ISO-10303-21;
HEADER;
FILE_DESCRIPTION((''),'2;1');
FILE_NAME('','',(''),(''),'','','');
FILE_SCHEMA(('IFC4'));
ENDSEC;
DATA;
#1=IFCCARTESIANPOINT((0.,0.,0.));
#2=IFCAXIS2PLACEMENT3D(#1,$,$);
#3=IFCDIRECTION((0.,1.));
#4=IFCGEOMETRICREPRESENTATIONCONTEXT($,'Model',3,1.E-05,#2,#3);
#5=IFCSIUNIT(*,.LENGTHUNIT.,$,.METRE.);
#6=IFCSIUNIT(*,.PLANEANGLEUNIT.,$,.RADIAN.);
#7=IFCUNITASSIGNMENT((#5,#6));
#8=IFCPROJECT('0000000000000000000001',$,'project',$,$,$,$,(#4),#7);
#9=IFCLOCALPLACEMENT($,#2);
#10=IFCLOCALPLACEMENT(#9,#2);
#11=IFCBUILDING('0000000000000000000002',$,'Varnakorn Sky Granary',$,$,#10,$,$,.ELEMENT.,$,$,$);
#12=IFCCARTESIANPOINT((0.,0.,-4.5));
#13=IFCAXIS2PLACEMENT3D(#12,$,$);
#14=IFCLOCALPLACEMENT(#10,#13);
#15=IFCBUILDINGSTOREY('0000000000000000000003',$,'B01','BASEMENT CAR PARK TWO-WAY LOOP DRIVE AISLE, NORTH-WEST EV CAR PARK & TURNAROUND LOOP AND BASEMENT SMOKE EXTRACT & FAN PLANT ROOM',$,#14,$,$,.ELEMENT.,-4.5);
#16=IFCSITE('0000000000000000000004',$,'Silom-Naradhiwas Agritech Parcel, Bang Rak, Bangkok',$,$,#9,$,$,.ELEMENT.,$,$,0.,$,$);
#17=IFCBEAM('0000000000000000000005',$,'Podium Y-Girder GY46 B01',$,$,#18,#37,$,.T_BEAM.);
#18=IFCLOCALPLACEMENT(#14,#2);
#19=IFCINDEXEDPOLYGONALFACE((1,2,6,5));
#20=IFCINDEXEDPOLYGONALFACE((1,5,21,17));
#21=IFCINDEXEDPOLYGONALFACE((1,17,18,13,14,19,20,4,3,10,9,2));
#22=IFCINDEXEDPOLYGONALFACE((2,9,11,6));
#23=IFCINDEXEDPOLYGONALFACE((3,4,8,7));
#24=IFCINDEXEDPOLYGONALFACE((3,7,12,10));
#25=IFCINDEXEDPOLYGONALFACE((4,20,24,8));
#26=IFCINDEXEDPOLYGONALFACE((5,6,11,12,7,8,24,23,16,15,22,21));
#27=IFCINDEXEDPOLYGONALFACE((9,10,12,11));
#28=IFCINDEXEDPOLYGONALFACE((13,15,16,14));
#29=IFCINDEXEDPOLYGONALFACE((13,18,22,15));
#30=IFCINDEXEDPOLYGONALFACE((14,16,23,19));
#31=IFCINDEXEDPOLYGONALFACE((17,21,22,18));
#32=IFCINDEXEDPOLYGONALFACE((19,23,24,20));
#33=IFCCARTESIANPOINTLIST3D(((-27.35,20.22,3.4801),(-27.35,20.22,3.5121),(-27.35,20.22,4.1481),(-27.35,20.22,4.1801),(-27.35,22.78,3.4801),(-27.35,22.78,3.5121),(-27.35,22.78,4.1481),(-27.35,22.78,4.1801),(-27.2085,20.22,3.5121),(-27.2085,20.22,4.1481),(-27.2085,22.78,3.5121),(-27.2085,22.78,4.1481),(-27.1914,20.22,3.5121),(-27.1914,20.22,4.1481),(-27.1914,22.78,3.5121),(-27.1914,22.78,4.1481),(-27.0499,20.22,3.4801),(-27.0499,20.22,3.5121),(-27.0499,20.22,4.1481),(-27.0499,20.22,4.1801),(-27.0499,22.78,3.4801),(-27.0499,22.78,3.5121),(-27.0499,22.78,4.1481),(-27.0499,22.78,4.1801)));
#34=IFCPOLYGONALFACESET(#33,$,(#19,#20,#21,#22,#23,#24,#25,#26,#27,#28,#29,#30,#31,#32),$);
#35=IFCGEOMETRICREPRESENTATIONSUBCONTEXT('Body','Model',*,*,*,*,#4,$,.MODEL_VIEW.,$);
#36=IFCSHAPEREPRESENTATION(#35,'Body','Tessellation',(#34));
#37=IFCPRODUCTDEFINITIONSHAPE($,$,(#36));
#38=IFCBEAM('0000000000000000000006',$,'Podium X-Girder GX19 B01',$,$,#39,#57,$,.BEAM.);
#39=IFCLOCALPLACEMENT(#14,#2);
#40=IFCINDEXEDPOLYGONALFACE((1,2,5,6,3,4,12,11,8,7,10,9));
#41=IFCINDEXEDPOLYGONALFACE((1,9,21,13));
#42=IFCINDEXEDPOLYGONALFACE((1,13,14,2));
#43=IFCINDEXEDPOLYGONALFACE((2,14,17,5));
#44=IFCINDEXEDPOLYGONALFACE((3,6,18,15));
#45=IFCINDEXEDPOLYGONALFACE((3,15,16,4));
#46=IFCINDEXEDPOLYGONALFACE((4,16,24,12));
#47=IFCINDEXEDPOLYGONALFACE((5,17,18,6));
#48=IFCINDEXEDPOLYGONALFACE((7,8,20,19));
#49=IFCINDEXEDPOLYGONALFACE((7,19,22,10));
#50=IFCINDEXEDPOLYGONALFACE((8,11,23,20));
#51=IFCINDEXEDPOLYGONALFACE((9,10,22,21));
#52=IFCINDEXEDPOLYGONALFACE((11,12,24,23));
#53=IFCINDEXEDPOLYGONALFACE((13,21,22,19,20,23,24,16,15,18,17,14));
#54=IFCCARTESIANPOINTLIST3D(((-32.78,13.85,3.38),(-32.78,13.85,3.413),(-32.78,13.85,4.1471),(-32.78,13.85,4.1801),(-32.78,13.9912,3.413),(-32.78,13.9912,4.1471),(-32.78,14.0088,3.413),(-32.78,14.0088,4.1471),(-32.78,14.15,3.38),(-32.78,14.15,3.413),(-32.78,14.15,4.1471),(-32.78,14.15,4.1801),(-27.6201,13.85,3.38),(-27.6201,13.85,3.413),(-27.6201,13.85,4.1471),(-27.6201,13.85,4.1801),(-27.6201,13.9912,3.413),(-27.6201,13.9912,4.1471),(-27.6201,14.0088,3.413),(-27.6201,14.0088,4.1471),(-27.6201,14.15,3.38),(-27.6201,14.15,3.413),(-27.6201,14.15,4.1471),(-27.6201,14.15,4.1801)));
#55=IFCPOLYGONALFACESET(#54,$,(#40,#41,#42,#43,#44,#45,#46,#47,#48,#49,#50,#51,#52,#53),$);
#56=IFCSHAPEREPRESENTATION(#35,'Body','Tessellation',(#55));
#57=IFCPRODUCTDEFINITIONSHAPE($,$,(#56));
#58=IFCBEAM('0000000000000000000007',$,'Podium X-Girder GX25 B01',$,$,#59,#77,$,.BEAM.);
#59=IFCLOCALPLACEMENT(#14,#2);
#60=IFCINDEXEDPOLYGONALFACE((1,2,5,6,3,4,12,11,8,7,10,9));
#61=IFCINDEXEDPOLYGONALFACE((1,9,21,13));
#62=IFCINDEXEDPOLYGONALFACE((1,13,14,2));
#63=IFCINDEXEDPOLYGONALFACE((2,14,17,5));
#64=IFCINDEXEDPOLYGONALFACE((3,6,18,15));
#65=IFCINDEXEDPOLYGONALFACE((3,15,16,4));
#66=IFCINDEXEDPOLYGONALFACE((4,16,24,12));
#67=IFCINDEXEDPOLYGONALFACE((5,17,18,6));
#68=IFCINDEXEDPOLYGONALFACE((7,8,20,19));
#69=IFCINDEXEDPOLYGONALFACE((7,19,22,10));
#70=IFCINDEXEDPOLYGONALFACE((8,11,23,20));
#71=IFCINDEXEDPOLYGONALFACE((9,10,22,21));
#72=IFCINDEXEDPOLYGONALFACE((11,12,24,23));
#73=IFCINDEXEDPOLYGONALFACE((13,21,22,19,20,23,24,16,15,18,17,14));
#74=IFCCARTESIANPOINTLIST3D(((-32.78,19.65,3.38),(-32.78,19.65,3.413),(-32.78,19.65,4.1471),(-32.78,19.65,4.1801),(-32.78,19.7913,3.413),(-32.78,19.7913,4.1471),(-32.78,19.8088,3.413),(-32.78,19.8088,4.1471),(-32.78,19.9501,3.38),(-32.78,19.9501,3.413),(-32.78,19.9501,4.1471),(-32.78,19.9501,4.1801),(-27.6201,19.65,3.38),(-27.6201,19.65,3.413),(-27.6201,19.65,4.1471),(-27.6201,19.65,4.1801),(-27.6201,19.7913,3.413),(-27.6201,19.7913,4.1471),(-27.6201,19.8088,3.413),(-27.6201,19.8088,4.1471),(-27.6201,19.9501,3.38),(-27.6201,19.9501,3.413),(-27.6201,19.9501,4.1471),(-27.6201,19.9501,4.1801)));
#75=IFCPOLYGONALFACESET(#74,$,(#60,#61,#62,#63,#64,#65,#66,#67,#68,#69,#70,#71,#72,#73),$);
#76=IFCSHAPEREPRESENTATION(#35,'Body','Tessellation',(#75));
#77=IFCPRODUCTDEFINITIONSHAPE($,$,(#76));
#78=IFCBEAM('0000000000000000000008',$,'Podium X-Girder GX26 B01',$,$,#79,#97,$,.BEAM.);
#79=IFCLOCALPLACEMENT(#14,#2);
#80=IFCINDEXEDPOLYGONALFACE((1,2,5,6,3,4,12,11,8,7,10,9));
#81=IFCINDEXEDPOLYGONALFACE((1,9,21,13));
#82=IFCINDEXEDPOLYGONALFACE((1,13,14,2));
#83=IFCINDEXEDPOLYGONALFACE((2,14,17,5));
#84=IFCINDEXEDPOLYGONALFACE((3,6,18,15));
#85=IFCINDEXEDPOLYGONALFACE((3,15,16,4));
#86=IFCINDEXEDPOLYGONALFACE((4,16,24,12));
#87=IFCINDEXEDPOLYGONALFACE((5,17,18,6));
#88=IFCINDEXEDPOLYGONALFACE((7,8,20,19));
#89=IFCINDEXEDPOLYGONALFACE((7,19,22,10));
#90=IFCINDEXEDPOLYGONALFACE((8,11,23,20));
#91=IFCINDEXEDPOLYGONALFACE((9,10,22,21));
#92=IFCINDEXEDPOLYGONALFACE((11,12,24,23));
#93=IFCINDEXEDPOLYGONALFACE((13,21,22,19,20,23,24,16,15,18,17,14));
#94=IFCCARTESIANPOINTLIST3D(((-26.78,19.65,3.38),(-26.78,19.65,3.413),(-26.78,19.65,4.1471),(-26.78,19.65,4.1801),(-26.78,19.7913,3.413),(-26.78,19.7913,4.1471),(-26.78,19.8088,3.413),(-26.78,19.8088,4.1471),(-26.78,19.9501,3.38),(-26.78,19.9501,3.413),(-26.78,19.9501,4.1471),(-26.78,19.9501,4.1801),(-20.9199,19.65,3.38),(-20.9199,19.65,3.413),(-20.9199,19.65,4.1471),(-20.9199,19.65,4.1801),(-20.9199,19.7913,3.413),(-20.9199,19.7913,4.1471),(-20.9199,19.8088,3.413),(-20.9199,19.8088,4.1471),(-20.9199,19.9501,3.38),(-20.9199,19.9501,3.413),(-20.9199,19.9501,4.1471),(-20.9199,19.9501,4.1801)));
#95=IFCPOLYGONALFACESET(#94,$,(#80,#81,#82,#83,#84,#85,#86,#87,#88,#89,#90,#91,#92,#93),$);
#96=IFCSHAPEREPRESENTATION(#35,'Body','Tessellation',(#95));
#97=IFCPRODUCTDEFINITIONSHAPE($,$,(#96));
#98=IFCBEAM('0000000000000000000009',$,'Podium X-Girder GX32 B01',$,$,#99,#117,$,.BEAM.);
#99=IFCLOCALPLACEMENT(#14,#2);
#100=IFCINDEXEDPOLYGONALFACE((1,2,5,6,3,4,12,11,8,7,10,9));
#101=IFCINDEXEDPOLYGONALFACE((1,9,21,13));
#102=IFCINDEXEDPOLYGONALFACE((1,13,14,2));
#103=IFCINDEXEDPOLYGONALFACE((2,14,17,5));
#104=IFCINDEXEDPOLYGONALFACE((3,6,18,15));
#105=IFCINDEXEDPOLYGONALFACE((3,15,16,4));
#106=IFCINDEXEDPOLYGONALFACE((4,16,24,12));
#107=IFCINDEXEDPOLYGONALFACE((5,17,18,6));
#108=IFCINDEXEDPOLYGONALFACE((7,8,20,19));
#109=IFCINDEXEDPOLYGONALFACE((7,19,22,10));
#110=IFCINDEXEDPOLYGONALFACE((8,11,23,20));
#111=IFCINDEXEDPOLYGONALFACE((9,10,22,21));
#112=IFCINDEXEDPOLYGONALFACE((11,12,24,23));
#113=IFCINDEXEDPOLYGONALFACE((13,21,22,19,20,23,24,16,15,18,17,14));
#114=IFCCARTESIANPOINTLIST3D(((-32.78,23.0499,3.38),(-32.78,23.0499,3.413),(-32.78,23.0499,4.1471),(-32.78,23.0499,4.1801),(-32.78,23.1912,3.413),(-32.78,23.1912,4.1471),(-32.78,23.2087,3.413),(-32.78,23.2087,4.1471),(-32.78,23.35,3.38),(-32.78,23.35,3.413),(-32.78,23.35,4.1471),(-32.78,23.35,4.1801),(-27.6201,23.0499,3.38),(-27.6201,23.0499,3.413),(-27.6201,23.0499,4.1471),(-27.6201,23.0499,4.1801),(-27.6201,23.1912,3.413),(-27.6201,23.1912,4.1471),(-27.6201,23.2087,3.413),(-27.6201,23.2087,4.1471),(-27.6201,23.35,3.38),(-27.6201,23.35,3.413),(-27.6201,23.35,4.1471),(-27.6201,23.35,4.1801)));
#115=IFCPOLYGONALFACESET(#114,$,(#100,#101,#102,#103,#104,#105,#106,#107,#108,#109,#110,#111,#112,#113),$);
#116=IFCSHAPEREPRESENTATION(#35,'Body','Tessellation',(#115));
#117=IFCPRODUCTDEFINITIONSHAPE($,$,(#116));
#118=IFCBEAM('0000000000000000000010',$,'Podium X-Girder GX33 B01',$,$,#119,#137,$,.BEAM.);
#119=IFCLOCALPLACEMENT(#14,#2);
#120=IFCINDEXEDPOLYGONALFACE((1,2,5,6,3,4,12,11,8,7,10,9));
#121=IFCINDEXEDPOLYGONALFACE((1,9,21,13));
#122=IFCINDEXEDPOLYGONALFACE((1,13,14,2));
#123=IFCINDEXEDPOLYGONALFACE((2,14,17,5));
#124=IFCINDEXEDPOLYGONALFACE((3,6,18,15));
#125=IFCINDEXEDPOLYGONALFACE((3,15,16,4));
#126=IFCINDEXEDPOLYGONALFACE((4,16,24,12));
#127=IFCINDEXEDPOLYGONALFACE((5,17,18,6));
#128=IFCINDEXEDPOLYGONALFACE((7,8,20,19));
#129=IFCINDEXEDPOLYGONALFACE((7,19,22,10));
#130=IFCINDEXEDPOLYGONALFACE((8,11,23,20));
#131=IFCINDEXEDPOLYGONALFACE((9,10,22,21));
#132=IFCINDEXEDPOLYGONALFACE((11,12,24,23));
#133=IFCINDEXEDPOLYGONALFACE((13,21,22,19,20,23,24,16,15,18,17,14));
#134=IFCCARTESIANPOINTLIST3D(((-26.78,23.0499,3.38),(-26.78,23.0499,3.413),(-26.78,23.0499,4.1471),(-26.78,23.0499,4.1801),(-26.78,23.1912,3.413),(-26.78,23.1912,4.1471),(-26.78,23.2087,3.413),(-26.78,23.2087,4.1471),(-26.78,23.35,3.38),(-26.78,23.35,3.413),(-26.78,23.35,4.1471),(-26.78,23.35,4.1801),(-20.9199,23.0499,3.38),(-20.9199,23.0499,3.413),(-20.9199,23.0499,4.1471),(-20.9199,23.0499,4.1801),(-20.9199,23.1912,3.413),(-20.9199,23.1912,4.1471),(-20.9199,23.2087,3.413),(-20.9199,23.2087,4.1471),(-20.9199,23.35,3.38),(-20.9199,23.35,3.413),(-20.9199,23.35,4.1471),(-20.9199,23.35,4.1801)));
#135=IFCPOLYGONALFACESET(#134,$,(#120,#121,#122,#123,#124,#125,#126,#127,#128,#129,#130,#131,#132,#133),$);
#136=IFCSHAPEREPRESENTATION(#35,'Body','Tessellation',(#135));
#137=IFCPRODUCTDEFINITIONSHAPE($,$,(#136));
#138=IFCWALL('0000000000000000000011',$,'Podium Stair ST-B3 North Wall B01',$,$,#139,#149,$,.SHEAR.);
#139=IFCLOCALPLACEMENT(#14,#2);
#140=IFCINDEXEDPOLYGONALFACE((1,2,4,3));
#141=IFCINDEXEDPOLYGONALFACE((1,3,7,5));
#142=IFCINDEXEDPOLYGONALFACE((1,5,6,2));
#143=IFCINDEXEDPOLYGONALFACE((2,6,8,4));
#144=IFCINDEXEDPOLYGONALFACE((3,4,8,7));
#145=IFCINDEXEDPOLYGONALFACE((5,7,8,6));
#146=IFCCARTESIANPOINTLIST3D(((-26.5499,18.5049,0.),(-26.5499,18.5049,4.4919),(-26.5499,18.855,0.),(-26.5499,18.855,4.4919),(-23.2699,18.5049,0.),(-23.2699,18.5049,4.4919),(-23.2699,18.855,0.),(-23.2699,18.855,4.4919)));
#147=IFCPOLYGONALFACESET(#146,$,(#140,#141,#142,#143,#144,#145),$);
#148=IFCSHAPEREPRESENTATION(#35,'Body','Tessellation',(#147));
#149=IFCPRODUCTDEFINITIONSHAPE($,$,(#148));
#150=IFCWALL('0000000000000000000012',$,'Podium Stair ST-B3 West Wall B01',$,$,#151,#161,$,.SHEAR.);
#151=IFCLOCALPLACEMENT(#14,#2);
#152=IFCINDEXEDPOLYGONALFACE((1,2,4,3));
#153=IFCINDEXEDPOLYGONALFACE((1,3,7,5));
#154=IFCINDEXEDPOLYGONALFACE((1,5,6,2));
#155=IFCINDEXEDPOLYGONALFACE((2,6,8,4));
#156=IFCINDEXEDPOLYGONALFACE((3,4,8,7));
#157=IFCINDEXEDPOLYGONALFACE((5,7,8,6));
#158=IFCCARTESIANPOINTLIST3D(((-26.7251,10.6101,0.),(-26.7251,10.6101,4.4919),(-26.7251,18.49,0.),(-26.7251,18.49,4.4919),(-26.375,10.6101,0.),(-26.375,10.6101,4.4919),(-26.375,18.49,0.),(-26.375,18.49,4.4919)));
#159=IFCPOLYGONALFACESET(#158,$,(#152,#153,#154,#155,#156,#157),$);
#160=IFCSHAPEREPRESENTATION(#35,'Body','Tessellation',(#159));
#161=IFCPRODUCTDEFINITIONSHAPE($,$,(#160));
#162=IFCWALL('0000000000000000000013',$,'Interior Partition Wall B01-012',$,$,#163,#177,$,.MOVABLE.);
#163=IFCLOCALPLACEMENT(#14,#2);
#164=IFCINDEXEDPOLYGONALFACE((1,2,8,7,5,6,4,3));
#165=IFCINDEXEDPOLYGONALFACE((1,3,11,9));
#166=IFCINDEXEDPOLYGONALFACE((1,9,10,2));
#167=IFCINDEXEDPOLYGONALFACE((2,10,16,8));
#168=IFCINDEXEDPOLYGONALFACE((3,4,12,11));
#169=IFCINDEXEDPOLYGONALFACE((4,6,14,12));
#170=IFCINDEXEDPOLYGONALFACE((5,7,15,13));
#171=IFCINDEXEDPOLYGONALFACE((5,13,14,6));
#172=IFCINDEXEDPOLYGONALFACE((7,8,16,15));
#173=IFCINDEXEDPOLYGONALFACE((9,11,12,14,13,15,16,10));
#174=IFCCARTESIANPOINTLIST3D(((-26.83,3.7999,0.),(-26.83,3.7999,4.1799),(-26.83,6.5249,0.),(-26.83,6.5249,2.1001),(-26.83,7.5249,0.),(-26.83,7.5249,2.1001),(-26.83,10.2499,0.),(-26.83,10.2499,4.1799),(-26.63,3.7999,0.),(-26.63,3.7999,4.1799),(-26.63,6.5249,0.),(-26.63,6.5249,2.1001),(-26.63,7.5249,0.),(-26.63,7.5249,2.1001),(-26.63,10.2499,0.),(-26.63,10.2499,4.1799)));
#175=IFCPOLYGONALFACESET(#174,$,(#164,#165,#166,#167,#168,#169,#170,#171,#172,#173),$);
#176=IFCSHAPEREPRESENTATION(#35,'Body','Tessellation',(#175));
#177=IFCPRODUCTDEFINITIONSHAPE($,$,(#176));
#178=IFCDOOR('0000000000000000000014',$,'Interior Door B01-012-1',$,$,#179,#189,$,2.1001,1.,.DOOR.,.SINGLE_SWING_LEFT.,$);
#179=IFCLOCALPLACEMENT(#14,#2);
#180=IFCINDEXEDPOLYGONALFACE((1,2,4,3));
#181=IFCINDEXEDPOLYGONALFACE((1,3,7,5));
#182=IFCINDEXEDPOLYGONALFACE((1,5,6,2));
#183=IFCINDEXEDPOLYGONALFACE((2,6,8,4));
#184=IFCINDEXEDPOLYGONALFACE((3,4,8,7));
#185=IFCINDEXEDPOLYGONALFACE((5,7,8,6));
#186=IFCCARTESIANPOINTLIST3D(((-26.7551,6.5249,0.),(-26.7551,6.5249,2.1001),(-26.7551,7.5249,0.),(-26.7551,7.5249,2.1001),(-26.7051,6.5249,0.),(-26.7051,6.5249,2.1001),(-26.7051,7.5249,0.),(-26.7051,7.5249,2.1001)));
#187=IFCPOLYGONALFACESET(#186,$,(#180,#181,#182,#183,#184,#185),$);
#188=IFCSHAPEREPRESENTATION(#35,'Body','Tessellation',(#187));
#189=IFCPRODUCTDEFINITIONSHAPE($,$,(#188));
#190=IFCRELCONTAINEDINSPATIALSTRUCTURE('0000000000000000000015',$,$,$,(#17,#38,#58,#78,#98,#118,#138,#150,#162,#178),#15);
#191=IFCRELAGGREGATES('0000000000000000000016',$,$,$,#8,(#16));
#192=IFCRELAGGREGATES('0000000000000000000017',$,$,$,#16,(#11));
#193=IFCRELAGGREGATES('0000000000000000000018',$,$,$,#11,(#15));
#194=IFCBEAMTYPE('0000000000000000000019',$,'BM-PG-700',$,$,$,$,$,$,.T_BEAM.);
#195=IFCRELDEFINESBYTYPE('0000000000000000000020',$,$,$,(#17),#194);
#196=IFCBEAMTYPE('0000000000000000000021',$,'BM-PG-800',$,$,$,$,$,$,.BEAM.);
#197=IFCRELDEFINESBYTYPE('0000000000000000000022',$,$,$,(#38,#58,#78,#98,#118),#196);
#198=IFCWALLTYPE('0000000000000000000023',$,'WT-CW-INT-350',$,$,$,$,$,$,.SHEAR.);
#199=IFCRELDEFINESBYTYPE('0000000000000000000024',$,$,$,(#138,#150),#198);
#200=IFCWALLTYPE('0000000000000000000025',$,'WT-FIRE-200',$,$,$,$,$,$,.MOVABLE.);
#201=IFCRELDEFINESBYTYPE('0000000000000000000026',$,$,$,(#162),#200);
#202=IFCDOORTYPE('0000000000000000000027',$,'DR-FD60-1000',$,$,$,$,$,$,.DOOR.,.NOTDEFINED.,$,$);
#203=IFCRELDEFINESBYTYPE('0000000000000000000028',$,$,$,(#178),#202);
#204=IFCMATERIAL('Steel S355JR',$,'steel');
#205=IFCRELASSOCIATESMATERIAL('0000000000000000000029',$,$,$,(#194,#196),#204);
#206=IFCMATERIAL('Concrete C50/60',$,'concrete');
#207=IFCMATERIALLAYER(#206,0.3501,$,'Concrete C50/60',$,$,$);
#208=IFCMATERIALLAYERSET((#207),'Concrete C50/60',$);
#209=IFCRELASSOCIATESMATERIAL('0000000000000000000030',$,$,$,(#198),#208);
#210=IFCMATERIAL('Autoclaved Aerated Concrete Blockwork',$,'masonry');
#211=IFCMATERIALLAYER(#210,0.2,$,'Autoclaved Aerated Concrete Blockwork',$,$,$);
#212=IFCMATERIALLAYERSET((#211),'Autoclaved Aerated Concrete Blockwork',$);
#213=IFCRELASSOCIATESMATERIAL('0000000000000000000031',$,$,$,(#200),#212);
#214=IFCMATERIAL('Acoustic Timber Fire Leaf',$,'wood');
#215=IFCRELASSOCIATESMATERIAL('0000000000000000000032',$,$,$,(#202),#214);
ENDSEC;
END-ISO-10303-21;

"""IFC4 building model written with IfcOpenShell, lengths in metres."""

from ifc_helpers import new_model, si_unit, direction, frame, frame_2d, origin, origin_2d, place, context, subcontext, project, spatial, rectangle, i_section, extrude, material, layer, layer_set, material_profile, profile_set, type_object, element, fill, save


model = new_model("IFC4")

# Units and contexts
model_context = context("Model", 3, precision=1e-05, world=origin(), true_north=direction((0.0, 1.0)))
body_context = subcontext(model_context, "Body", "Model", "MODEL_VIEW")
ifc_project = project(units=[si_unit("LENGTHUNIT", "METRE"), si_unit("PLANEANGLEUNIT", "RADIAN")], contexts=[model_context])

# Site, building, storey
site_placement = place(None, origin())
site = spatial("IfcSite", under=ifc_project, at=site_placement, Name="Silom-Naradhiwas Agritech Parcel, Bang Rak, Bangkok", CompositionType="ELEMENT", RefElevation=0.0)
building_placement = place(site_placement, origin())
building = spatial("IfcBuilding", under=site, at=building_placement, Name="Varnakorn Sky Granary", CompositionType="ELEMENT")
storey_placement = place(building_placement, frame((0.0, 0.0, -4.5)))
storey = spatial("IfcBuildingStorey", under=building, at=storey_placement, Name="B01", Description="BASEMENT CAR PARK TWO-WAY LOOP DRIVE AISLE, NORTH-WEST EV CAR PARK & TURNAROUND LOOP AND BASEMENT SMOKE EXTRACT & FAN PLANT ROOM", CompositionType="ELEMENT", Elevation=-4.5)

# Beams
ifc_material_1 = material(Name="Steel S355JR", Category="steel")
ifc_material_profile_1 = material_profile(ifc_material_1, i_section(OverallWidth=0.3, OverallDepth=0.7, WebThickness=0.0171, FlangeThickness=0.032, at=origin_2d()), Name="HE 700 B")
ifc_profile_set_1 = profile_set([ifc_material_profile_1], Name="Steel S355JR")
beam_type_1 = type_object("IfcBeamType", Name="BM-PG-700", PredefinedType="T_BEAM", material=ifc_profile_set_1)
beam_1_placement = place(storey_placement, frame((-27.2, 20.22, 3.8301), z_axis=(0.0, 1.0, 0.0), x_axis=(-1.0, 0.0, 0.0)))
element("IfcBeam", 1, at=beam_1_placement, inside=storey, type_object=beam_type_1, Name="Podium Y-Girder GY46 B01", PredefinedType="T_BEAM", context=body_context, shape_type="SweptSolid", body=[
    extrude(i_section(OverallWidth=0.3, OverallDepth=0.7, WebThickness=0.0171, FlangeThickness=0.032, at=origin_2d()), origin(), (0.0, 0.0, 1.0), 2.5601),
])
ifc_material_profile_2 = material_profile(ifc_material_1, i_section(OverallWidth=0.3, OverallDepth=0.8, WebThickness=0.0176, FlangeThickness=0.033, at=origin_2d()), Name="HE 800 B")
ifc_profile_set_2 = profile_set([ifc_material_profile_2], Name="Steel S355JR")
beam_type_2 = type_object("IfcBeamType", Name="BM-PG-800", PredefinedType="BEAM", material=ifc_profile_set_2)
for number, where, z_axis, x_axis, name in (
    (2, (-32.78, 14.0, 3.78), (1.0, 0.0, 0.0), (0.0, 1.0, 0.0), "Podium X-Girder GX19 B01"),
    (3, (-32.78, 19.8, 3.78), (1.0, 0.0, 0.0), (0.0, 1.0, 0.0), "Podium X-Girder GX25 B01"),
):
    element("IfcBeam", number, at=place(storey_placement, frame(where, z_axis=z_axis, x_axis=x_axis)), inside=storey, type_object=beam_type_2, Name=name, PredefinedType="BEAM", context=body_context, shape_type="SweptSolid", body=[
        extrude(i_section(OverallWidth=0.3, OverallDepth=0.8, WebThickness=0.0176, FlangeThickness=0.033, at=origin_2d()), origin(), (0.0, 0.0, 1.0), 5.1599),
    ])
beam_2_placement = place(storey_placement, frame((-26.78, 19.8, 3.78), z_axis=(1.0, 0.0, 0.0), x_axis=(0.0, 1.0, 0.0)))
element("IfcBeam", 4, at=beam_2_placement, inside=storey, type_object=beam_type_2, Name="Podium X-Girder GX26 B01", PredefinedType="BEAM", context=body_context, shape_type="SweptSolid", body=[
    extrude(i_section(OverallWidth=0.3, OverallDepth=0.8, WebThickness=0.0176, FlangeThickness=0.033, at=origin_2d()), origin(), (0.0, 0.0, 1.0), 5.8601),
])
beam_3_placement = place(storey_placement, frame((-32.78, 23.2, 3.78), z_axis=(1.0, 0.0, 0.0), x_axis=(0.0, 1.0, 0.0)))
element("IfcBeam", 5, at=beam_3_placement, inside=storey, type_object=beam_type_2, Name="Podium X-Girder GX32 B01", PredefinedType="BEAM", context=body_context, shape_type="SweptSolid", body=[
    extrude(i_section(OverallWidth=0.3, OverallDepth=0.8, WebThickness=0.0176, FlangeThickness=0.033, at=origin_2d()), origin(), (0.0, 0.0, 1.0), 5.1599),
])
beam_4_placement = place(storey_placement, frame((-26.78, 23.2, 3.78), z_axis=(1.0, 0.0, 0.0), x_axis=(0.0, 1.0, 0.0)))
element("IfcBeam", 6, at=beam_4_placement, inside=storey, type_object=beam_type_2, Name="Podium X-Girder GX33 B01", PredefinedType="BEAM", context=body_context, shape_type="SweptSolid", body=[
    extrude(i_section(OverallWidth=0.3, OverallDepth=0.8, WebThickness=0.0176, FlangeThickness=0.033, at=origin_2d()), origin(), (0.0, 0.0, 1.0), 5.8601),
])

# Shared definitions
ifc_material_2 = material(Name="Concrete C50/60", Category="concrete")
ifc_layer_1 = layer(ifc_material_2, 0.3501, Name="Concrete C50/60")
ifc_layer_set_1 = layer_set([ifc_layer_1], Name="Concrete C50/60")
wall_type_1 = type_object("IfcWallType", Name="WT-CW-INT-350", PredefinedType="SHEAR", material=ifc_layer_set_1)

# Walls
wall_1_placement = place(storey_placement, frame((-26.55, 18.6799, 0.0), z_axis=(0.0, 0.0, 1.0), x_axis=(1.0, 0.0, 0.0)))
element("IfcWall", 7, at=wall_1_placement, inside=storey, type_object=wall_type_1, Name="Podium Stair ST-B3 North Wall B01", PredefinedType="SHEAR", context=body_context, shape_type="SweptSolid", body=[
    extrude(rectangle(XDim=3.28, YDim=0.3501, at=frame_2d((1.6401, 0.0))), origin(), (0.0, 0.0, 1.0), 4.4919),
])
wall_2_placement = place(storey_placement, frame((-26.55, 10.6101, 0.0), z_axis=(0.0, 0.0, 1.0), x_axis=(0.0, 1.0, 0.0)))
element("IfcWall", 8, at=wall_2_placement, inside=storey, type_object=wall_type_1, Name="Podium Stair ST-B3 West Wall B01", PredefinedType="SHEAR", context=body_context, shape_type="SweptSolid", body=[
    extrude(rectangle(XDim=7.8799, YDim=0.3501, at=frame_2d((3.9399, 0.0))), origin(), (0.0, 0.0, 1.0), 4.4919),
])

# Wall, opening, door
ifc_material_3 = material(Name="Autoclaved Aerated Concrete Blockwork", Category="masonry")
ifc_layer_2 = layer(ifc_material_3, 0.2, Name="Autoclaved Aerated Concrete Blockwork")
ifc_layer_set_2 = layer_set([ifc_layer_2], Name="Autoclaved Aerated Concrete Blockwork")
wall_type_2 = type_object("IfcWallType", Name="WT-FIRE-200", PredefinedType="MOVABLE", material=ifc_layer_set_2)
wall_3_placement = place(storey_placement, frame((-26.73, 10.25, 0.0), z_axis=(0.0, 0.0, 1.0), x_axis=(0.0, -1.0, 0.0)))
wall_3 = element("IfcWall", 9, at=wall_3_placement, inside=storey, type_object=wall_type_2, Name="Interior Partition Wall B01-012", PredefinedType="MOVABLE", context=body_context, shape_type="SweptSolid", body=[
    extrude(rectangle(XDim=6.45, YDim=0.2, at=frame_2d((3.2251, 0.0))), origin(), (0.0, 0.0, 1.0), 4.1799),
])
opening_1_placement = place(wall_3_placement, frame((2.7251, 0.0, 0.0)))
opening_1 = element("IfcOpeningElement", 10, at=opening_1_placement, cuts=wall_3, PredefinedType="OPENING", context=body_context, shape_type="SweptSolid", body=[
    extrude(rectangle(XDim=1.0, YDim=2.1001, at=frame_2d((0.5, 1.05))), frame((0.0, 0.1099, 0.0), z_axis=(0.0, -1.0, 0.0), x_axis=(1.0, 0.0, 0.0)), (0.0, 0.0, 1.0), 0.22),
])
ifc_material_4 = material(Name="Acoustic Timber Fire Leaf", Category="wood")
door_type_1 = type_object("IfcDoorType", Name="DR-FD60-1000", OperationType="NOTDEFINED", PredefinedType="DOOR", material=ifc_material_4)
door_1_placement = place(opening_1_placement, origin())
door_1 = element("IfcDoor", 11, at=door_1_placement, inside=storey, type_object=door_type_1, Name="Interior Door B01-012-1", OperationType="SINGLE_SWING_LEFT", OverallHeight=2.1001, OverallWidth=1.0, PredefinedType="DOOR", context=body_context, shape_type="SweptSolid", body=[
    extrude(rectangle(XDim=1.0, YDim=2.1001, at=frame_2d((0.5, 1.05))), frame((0.0, 0.0249, 0.0), z_axis=(0.0, -1.0, 0.0), x_axis=(1.0, 0.0, 0.0)), (0.0, 0.0, 1.0), 0.05),
])
fill(opening_1, door_1)

save(model, "model.ifc")
